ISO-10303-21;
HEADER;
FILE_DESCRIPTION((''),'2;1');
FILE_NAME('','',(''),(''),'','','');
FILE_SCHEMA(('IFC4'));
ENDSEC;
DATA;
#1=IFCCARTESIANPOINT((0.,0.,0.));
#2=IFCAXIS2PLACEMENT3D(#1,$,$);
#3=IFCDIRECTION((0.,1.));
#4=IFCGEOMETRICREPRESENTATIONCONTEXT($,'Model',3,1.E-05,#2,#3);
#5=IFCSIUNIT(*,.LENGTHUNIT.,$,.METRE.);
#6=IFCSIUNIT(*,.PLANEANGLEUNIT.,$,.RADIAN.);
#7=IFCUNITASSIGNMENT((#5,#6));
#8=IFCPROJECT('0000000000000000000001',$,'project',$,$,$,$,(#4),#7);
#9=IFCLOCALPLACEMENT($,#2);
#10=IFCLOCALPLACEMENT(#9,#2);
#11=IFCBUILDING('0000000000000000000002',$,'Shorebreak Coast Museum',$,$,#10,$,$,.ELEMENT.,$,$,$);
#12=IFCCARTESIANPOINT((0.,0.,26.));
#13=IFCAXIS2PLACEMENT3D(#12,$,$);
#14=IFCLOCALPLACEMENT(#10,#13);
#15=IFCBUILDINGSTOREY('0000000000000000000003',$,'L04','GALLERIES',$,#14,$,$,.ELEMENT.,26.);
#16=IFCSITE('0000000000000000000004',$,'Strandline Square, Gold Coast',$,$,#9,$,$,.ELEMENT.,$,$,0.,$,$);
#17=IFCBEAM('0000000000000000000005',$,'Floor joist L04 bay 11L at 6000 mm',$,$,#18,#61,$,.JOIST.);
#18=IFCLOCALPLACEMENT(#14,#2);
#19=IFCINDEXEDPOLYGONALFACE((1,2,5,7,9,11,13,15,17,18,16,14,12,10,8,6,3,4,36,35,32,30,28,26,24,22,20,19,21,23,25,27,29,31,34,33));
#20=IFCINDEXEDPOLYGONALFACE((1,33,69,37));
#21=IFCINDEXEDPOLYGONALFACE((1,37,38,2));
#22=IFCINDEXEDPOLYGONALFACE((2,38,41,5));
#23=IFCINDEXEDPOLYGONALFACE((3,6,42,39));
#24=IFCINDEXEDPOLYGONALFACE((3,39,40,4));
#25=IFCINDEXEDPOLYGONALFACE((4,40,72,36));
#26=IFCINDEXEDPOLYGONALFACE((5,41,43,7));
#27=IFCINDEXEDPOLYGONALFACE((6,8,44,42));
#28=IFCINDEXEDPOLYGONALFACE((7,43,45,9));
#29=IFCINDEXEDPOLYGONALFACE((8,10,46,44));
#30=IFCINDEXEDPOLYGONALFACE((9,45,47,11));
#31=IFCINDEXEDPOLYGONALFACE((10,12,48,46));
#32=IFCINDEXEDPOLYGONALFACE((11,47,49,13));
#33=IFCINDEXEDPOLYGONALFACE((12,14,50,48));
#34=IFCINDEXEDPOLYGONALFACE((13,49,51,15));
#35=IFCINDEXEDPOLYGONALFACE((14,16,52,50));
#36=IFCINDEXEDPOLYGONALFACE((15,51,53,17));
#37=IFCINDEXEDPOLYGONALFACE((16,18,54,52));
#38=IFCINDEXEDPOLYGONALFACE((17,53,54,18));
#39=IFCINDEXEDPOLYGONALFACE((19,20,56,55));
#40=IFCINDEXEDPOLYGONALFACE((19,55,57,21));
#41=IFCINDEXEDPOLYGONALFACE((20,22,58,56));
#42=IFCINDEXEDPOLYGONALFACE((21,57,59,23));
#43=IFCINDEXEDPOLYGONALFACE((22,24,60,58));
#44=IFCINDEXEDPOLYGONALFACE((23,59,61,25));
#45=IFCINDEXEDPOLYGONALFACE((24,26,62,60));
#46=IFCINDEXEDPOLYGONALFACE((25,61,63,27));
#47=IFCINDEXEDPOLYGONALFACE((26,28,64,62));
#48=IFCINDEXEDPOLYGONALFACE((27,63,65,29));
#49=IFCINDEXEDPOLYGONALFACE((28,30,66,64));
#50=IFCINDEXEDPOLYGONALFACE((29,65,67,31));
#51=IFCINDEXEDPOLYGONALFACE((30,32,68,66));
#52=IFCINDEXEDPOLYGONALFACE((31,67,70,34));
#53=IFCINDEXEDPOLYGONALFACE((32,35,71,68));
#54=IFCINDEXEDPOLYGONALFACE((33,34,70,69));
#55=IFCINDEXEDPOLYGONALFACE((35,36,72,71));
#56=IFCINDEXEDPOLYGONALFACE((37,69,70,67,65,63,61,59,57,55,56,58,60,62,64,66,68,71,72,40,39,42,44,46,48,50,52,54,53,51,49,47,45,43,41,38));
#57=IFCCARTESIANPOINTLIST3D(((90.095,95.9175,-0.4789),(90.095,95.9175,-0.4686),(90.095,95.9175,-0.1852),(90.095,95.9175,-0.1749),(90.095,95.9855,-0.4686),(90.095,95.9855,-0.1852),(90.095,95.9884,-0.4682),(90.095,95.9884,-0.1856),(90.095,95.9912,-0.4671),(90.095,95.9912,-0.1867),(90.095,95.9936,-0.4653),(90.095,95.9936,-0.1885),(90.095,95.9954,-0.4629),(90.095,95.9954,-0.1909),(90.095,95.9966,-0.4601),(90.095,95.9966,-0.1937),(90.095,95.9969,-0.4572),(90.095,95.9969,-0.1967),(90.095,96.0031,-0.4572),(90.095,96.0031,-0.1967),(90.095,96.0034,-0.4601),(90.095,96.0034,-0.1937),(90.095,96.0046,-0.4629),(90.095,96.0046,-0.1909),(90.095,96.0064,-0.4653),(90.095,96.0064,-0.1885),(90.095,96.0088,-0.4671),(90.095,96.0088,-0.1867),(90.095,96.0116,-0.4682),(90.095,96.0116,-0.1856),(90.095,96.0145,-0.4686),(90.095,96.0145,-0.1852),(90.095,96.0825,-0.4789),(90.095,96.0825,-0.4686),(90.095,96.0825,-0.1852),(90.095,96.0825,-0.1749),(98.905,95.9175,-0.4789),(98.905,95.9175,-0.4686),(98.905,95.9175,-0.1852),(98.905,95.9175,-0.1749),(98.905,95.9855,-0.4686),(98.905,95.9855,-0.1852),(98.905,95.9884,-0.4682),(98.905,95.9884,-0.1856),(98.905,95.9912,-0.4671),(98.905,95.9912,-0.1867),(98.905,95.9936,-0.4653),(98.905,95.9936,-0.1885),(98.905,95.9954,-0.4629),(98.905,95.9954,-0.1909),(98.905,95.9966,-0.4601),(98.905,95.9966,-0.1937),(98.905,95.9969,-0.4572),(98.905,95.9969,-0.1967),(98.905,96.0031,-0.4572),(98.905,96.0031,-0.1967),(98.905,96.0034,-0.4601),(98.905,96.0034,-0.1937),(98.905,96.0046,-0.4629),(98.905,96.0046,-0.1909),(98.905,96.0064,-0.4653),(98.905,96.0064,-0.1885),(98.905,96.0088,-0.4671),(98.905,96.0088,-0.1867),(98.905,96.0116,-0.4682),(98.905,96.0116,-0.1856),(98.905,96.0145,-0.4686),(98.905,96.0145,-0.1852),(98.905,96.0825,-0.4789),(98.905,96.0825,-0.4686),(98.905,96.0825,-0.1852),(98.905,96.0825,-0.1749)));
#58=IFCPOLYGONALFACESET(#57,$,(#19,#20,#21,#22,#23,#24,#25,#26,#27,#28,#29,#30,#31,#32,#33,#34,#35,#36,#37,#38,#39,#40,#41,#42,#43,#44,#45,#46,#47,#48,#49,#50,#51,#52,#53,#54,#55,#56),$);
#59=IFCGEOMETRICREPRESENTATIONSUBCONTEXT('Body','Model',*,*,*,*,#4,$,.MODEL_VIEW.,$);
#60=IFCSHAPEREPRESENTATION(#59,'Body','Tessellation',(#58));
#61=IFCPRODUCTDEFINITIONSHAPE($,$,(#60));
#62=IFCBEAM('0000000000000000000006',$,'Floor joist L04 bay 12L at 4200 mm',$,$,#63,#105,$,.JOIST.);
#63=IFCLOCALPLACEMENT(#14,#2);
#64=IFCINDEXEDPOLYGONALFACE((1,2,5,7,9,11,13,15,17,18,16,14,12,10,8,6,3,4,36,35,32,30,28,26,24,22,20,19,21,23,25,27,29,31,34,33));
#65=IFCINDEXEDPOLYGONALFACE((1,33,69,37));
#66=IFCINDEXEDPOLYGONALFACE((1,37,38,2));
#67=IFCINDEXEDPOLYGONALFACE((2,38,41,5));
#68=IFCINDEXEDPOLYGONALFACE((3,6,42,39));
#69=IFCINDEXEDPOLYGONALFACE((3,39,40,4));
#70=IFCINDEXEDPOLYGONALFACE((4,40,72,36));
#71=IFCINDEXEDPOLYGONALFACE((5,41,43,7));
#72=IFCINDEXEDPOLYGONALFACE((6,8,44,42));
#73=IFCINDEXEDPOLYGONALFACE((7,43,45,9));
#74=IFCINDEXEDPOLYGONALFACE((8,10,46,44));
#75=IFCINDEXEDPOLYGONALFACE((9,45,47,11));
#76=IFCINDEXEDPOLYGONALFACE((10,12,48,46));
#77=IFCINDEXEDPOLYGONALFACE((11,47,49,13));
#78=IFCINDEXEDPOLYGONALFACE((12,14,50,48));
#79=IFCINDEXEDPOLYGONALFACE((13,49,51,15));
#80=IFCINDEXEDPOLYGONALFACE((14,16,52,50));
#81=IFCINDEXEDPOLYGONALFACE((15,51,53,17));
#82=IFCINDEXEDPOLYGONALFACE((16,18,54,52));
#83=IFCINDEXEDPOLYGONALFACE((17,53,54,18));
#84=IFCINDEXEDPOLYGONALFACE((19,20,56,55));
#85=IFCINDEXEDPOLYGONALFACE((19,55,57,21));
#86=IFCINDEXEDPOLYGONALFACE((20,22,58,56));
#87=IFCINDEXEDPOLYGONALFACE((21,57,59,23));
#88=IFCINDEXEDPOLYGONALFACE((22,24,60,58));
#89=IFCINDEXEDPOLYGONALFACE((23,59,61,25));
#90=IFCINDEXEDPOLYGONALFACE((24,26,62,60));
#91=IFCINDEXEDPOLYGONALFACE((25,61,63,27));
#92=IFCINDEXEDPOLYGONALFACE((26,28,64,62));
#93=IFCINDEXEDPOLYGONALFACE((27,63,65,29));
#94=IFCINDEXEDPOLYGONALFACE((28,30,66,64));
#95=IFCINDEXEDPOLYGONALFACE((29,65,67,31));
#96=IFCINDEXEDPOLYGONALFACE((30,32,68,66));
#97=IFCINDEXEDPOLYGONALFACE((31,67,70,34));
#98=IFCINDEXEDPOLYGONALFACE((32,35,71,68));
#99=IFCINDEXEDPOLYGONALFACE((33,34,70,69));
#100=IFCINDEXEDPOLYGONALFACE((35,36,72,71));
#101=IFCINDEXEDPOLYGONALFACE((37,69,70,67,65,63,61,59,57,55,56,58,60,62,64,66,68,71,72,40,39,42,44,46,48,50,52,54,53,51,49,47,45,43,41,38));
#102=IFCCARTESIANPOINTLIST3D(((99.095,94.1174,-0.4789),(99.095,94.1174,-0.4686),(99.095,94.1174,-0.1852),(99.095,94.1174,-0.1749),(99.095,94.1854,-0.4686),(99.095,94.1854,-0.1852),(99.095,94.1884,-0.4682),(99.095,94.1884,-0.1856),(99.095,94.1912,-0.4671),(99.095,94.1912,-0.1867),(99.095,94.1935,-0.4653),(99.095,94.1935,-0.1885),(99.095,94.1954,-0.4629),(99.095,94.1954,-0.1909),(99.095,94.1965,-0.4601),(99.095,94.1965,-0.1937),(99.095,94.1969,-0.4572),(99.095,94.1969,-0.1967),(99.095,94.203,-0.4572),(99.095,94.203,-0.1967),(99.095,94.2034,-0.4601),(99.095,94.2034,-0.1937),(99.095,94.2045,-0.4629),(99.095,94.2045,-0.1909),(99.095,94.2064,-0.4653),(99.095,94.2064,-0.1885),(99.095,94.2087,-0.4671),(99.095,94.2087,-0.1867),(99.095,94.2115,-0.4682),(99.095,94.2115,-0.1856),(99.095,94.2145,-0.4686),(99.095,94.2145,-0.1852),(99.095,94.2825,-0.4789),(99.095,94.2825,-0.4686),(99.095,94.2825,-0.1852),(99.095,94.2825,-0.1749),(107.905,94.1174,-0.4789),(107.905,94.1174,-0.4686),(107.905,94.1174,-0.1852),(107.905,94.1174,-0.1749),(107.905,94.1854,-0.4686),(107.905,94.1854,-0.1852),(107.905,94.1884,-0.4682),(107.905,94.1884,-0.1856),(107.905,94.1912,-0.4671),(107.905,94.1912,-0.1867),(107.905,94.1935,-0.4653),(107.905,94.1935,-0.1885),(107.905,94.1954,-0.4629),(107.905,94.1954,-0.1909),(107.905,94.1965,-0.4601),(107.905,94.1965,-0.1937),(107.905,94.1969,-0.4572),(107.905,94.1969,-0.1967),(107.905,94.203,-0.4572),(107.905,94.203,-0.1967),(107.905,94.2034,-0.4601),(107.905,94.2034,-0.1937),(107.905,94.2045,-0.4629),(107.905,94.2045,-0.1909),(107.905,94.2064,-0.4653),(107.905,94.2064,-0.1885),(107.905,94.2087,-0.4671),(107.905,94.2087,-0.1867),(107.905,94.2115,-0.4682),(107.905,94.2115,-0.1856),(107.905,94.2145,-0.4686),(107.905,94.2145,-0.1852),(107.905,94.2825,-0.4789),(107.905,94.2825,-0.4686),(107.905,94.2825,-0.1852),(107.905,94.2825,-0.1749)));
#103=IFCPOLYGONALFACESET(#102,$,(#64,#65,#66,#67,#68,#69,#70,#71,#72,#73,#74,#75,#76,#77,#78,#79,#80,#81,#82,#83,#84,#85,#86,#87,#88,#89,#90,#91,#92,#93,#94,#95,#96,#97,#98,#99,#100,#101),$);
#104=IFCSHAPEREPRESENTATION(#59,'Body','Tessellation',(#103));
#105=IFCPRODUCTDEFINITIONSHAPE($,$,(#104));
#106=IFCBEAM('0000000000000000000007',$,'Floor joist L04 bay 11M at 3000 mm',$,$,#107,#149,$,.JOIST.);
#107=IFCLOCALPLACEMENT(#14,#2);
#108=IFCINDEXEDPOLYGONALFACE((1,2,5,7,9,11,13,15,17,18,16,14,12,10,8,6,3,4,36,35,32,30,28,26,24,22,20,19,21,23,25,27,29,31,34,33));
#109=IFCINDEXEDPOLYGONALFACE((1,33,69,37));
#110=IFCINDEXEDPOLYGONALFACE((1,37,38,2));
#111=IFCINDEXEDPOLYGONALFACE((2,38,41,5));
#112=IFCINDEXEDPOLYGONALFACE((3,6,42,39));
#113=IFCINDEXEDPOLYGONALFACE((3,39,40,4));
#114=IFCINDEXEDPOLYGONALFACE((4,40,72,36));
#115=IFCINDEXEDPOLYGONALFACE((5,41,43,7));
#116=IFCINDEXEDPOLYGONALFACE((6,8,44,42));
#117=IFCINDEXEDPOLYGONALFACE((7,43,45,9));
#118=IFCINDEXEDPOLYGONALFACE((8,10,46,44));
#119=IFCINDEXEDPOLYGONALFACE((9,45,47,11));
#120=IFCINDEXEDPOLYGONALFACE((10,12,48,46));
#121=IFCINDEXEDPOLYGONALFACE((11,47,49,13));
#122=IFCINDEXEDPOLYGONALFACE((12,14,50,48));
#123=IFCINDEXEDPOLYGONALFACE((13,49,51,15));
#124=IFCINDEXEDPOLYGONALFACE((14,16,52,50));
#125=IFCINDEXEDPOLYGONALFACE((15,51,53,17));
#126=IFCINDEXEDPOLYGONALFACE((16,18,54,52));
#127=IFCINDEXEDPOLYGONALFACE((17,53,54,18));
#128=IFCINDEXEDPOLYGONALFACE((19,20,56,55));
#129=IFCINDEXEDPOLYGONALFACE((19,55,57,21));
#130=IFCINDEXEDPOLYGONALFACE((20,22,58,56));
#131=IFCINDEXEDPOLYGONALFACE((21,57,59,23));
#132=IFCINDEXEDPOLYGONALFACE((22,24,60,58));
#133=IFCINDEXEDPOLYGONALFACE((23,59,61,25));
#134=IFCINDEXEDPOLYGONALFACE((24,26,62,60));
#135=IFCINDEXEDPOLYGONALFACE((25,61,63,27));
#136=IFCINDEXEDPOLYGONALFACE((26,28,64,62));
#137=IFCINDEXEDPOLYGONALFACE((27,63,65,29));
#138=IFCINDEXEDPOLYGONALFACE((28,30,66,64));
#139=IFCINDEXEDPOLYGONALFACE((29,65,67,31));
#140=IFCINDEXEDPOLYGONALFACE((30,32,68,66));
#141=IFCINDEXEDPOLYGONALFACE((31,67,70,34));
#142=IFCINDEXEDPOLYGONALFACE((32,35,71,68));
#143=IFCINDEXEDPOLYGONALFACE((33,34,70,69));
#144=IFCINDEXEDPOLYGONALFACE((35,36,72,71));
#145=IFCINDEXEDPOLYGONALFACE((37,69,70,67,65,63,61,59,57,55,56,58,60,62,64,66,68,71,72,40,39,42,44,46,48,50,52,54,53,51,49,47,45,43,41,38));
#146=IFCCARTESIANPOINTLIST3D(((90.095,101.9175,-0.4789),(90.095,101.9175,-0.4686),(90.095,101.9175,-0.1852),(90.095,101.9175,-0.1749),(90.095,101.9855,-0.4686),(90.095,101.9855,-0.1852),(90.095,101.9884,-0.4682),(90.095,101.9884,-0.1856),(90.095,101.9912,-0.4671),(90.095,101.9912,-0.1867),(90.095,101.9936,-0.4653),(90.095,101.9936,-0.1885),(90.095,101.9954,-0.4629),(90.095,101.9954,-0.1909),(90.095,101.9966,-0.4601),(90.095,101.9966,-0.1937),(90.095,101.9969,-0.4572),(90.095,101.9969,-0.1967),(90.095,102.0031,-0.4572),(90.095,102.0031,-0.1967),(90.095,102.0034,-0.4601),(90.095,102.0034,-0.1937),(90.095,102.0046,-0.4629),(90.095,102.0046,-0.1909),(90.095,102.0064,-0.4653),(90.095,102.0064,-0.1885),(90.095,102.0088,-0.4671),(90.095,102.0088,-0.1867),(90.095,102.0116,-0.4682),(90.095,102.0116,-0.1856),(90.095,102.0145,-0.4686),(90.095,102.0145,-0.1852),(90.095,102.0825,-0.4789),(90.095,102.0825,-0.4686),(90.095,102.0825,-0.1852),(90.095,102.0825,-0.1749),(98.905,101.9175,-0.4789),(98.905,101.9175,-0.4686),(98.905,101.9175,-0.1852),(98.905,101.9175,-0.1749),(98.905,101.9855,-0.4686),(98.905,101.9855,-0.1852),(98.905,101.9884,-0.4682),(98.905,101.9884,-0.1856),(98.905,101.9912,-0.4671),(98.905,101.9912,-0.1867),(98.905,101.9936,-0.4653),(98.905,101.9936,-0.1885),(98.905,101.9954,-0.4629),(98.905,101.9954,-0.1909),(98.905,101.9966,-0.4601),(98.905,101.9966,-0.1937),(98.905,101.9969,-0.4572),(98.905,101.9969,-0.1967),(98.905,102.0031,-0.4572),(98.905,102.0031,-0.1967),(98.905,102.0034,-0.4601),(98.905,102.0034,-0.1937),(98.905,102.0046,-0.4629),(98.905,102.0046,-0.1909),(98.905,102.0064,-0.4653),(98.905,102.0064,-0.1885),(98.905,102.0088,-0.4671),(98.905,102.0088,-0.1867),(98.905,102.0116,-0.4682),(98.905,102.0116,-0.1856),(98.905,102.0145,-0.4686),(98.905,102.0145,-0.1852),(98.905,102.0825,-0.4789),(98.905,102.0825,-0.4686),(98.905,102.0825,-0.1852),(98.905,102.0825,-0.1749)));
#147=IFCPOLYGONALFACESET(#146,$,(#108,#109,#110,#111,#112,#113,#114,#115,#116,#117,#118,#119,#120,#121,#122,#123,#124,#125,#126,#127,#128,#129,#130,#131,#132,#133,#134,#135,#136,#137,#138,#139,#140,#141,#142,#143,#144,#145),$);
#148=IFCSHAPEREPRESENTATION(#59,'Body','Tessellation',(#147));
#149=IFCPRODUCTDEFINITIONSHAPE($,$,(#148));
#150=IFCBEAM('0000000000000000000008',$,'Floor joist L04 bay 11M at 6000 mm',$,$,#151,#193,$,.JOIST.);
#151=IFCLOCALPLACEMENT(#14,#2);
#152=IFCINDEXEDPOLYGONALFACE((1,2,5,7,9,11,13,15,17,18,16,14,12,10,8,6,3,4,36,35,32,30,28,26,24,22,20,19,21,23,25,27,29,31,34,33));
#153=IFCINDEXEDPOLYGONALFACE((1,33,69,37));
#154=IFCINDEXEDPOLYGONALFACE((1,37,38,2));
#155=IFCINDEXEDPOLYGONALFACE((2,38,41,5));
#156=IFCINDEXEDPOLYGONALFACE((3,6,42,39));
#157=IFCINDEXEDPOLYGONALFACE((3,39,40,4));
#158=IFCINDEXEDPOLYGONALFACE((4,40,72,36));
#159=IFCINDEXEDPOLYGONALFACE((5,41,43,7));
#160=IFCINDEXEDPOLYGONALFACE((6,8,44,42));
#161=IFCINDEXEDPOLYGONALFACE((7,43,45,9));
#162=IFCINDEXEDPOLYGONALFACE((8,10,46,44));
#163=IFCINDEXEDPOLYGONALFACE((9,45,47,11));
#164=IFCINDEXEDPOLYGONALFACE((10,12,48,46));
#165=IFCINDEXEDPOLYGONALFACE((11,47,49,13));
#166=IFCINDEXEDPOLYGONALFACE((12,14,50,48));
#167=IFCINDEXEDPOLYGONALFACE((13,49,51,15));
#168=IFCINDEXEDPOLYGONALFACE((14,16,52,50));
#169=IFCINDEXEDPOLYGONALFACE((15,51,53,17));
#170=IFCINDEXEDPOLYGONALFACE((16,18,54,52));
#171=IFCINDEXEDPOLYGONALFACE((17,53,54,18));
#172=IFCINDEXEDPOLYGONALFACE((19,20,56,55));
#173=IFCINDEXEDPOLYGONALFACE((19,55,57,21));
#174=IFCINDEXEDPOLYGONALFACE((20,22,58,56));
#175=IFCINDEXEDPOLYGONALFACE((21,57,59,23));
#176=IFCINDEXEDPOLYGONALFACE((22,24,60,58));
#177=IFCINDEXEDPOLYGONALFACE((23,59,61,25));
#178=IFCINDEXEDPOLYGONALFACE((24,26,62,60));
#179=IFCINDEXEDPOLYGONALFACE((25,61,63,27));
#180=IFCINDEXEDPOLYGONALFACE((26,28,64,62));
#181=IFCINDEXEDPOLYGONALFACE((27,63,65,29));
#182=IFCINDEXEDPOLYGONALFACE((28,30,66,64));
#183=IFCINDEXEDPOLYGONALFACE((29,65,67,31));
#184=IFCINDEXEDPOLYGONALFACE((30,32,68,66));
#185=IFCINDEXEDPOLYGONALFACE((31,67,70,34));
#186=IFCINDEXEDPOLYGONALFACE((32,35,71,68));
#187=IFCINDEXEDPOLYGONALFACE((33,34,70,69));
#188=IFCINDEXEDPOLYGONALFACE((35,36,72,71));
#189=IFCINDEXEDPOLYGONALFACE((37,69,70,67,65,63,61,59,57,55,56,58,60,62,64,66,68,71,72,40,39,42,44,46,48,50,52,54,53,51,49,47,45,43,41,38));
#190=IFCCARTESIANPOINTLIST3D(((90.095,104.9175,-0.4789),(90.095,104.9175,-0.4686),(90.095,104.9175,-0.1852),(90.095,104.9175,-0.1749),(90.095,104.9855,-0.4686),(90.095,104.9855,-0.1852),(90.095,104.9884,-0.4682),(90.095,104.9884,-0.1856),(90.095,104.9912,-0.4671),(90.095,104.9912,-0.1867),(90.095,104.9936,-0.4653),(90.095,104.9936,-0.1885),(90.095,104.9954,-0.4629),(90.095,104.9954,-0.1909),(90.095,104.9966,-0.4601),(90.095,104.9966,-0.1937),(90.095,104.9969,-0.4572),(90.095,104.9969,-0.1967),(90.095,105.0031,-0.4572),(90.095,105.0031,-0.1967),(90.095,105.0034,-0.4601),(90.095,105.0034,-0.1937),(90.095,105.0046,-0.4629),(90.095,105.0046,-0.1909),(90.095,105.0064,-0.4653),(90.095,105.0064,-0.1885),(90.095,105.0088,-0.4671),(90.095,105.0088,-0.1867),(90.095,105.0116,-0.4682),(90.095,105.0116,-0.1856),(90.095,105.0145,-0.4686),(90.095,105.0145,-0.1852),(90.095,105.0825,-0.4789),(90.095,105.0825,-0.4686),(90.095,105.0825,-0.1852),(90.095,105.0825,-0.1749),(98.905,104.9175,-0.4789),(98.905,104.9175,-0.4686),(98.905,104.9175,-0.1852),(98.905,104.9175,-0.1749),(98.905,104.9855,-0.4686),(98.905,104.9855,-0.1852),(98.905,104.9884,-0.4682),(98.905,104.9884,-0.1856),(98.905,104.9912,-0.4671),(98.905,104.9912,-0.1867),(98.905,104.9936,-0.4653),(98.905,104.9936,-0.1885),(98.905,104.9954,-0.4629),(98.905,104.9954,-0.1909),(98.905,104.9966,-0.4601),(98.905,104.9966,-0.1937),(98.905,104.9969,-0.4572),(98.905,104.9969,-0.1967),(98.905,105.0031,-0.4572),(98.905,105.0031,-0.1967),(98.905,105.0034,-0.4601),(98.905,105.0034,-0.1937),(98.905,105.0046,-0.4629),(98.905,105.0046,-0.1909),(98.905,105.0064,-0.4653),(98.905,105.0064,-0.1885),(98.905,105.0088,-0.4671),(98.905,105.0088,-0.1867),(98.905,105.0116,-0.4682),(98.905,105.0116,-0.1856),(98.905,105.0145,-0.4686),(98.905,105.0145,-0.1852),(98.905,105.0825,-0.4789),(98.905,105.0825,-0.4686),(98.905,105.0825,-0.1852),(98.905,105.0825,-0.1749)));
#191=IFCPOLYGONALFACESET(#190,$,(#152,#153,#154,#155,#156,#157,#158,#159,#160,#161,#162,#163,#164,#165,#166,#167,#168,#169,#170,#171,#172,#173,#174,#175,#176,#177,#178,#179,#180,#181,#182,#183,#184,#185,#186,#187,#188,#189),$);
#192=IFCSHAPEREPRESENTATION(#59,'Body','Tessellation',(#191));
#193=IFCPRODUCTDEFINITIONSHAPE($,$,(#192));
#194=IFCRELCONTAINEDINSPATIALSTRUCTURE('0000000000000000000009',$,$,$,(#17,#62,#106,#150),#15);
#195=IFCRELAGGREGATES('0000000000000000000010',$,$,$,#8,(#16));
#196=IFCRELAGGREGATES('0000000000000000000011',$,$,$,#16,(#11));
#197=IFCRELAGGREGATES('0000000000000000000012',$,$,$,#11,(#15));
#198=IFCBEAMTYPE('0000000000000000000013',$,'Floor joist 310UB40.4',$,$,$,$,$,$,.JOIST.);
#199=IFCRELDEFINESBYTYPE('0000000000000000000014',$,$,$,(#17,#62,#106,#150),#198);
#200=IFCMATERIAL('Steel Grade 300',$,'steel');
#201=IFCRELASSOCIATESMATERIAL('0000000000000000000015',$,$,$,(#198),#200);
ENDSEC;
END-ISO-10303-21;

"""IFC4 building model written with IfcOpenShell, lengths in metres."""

from ifc_helpers import new_model, si_unit, direction, frame, origin, origin_2d, place, context, subcontext, project, spatial, i_section, extrude, material, material_profile, profile_set, type_object, element, save


model = new_model("IFC4")

# Units and contexts
model_context = context("Model", 3, precision=1e-05, world=origin(), true_north=direction((0.0, 1.0)))
body_context = subcontext(model_context, "Body", "Model", "MODEL_VIEW")
ifc_project = project(units=[si_unit("LENGTHUNIT", "METRE"), si_unit("PLANEANGLEUNIT", "RADIAN")], contexts=[model_context])

# Site, building, storey
site_placement = place(None, origin())
site = spatial("IfcSite", under=ifc_project, at=site_placement, Name="Strandline Square, Gold Coast", CompositionType="ELEMENT", RefElevation=0.0)
building_placement = place(site_placement, origin())
building = spatial("IfcBuilding", under=site, at=building_placement, Name="Shorebreak Coast Museum", CompositionType="ELEMENT")
storey_placement = place(building_placement, frame((0.0, 0.0, 26.0)))
storey = spatial("IfcBuildingStorey", under=building, at=storey_placement, Name="L04", Description="GALLERIES", CompositionType="ELEMENT", Elevation=26.0)

# Beams
ifc_material_1 = material(Name="Steel Grade 300", Category="steel")
ifc_material_profile_1 = material_profile(ifc_material_1, i_section(OverallWidth=0.165, OverallDepth=0.304, WebThickness=0.0061, FlangeThickness=0.0103, FilletRadius=0.0115, at=origin_2d()), Name="310UB40.4")
ifc_profile_set_1 = profile_set([ifc_material_profile_1], Name="Steel Grade 300")
beam_type_1 = type_object("IfcBeamType", Name="Floor joist 310UB40.4", PredefinedType="JOIST", material=ifc_profile_set_1)
for number, where, z_axis, x_axis, name in (
    (1, (90.095, 96.0, -0.3269), (1.0, 0.0, 0.0), (0.0, 1.0, 0.0), "Floor joist L04 bay 11L at 6000 mm"),
    (2, (99.095, 94.2, -0.3269), (1.0, 0.0, 0.0), (0.0, 1.0, 0.0), "Floor joist L04 bay 12L at 4200 mm"),
    (3, (90.095, 102.0, -0.3269), (1.0, 0.0, 0.0), (0.0, 1.0, 0.0), "Floor joist L04 bay 11M at 3000 mm"),
    (4, (90.095, 105.0, -0.3269), (1.0, 0.0, 0.0), (0.0, 1.0, 0.0), "Floor joist L04 bay 11M at 6000 mm"),
):
    element("IfcBeam", number, at=place(storey_placement, frame(where, z_axis=z_axis, x_axis=x_axis)), inside=storey, type_object=beam_type_1, Name=name, PredefinedType="JOIST", context=body_context, shape_type="SweptSolid", body=[
        extrude(i_section(OverallWidth=0.165, OverallDepth=0.304, WebThickness=0.0061, FlangeThickness=0.0103, FilletRadius=0.0115, at=origin_2d()), origin(), (0.0, 0.0, 1.0), 8.8101),
    ])

save(model, "model.ifc")
